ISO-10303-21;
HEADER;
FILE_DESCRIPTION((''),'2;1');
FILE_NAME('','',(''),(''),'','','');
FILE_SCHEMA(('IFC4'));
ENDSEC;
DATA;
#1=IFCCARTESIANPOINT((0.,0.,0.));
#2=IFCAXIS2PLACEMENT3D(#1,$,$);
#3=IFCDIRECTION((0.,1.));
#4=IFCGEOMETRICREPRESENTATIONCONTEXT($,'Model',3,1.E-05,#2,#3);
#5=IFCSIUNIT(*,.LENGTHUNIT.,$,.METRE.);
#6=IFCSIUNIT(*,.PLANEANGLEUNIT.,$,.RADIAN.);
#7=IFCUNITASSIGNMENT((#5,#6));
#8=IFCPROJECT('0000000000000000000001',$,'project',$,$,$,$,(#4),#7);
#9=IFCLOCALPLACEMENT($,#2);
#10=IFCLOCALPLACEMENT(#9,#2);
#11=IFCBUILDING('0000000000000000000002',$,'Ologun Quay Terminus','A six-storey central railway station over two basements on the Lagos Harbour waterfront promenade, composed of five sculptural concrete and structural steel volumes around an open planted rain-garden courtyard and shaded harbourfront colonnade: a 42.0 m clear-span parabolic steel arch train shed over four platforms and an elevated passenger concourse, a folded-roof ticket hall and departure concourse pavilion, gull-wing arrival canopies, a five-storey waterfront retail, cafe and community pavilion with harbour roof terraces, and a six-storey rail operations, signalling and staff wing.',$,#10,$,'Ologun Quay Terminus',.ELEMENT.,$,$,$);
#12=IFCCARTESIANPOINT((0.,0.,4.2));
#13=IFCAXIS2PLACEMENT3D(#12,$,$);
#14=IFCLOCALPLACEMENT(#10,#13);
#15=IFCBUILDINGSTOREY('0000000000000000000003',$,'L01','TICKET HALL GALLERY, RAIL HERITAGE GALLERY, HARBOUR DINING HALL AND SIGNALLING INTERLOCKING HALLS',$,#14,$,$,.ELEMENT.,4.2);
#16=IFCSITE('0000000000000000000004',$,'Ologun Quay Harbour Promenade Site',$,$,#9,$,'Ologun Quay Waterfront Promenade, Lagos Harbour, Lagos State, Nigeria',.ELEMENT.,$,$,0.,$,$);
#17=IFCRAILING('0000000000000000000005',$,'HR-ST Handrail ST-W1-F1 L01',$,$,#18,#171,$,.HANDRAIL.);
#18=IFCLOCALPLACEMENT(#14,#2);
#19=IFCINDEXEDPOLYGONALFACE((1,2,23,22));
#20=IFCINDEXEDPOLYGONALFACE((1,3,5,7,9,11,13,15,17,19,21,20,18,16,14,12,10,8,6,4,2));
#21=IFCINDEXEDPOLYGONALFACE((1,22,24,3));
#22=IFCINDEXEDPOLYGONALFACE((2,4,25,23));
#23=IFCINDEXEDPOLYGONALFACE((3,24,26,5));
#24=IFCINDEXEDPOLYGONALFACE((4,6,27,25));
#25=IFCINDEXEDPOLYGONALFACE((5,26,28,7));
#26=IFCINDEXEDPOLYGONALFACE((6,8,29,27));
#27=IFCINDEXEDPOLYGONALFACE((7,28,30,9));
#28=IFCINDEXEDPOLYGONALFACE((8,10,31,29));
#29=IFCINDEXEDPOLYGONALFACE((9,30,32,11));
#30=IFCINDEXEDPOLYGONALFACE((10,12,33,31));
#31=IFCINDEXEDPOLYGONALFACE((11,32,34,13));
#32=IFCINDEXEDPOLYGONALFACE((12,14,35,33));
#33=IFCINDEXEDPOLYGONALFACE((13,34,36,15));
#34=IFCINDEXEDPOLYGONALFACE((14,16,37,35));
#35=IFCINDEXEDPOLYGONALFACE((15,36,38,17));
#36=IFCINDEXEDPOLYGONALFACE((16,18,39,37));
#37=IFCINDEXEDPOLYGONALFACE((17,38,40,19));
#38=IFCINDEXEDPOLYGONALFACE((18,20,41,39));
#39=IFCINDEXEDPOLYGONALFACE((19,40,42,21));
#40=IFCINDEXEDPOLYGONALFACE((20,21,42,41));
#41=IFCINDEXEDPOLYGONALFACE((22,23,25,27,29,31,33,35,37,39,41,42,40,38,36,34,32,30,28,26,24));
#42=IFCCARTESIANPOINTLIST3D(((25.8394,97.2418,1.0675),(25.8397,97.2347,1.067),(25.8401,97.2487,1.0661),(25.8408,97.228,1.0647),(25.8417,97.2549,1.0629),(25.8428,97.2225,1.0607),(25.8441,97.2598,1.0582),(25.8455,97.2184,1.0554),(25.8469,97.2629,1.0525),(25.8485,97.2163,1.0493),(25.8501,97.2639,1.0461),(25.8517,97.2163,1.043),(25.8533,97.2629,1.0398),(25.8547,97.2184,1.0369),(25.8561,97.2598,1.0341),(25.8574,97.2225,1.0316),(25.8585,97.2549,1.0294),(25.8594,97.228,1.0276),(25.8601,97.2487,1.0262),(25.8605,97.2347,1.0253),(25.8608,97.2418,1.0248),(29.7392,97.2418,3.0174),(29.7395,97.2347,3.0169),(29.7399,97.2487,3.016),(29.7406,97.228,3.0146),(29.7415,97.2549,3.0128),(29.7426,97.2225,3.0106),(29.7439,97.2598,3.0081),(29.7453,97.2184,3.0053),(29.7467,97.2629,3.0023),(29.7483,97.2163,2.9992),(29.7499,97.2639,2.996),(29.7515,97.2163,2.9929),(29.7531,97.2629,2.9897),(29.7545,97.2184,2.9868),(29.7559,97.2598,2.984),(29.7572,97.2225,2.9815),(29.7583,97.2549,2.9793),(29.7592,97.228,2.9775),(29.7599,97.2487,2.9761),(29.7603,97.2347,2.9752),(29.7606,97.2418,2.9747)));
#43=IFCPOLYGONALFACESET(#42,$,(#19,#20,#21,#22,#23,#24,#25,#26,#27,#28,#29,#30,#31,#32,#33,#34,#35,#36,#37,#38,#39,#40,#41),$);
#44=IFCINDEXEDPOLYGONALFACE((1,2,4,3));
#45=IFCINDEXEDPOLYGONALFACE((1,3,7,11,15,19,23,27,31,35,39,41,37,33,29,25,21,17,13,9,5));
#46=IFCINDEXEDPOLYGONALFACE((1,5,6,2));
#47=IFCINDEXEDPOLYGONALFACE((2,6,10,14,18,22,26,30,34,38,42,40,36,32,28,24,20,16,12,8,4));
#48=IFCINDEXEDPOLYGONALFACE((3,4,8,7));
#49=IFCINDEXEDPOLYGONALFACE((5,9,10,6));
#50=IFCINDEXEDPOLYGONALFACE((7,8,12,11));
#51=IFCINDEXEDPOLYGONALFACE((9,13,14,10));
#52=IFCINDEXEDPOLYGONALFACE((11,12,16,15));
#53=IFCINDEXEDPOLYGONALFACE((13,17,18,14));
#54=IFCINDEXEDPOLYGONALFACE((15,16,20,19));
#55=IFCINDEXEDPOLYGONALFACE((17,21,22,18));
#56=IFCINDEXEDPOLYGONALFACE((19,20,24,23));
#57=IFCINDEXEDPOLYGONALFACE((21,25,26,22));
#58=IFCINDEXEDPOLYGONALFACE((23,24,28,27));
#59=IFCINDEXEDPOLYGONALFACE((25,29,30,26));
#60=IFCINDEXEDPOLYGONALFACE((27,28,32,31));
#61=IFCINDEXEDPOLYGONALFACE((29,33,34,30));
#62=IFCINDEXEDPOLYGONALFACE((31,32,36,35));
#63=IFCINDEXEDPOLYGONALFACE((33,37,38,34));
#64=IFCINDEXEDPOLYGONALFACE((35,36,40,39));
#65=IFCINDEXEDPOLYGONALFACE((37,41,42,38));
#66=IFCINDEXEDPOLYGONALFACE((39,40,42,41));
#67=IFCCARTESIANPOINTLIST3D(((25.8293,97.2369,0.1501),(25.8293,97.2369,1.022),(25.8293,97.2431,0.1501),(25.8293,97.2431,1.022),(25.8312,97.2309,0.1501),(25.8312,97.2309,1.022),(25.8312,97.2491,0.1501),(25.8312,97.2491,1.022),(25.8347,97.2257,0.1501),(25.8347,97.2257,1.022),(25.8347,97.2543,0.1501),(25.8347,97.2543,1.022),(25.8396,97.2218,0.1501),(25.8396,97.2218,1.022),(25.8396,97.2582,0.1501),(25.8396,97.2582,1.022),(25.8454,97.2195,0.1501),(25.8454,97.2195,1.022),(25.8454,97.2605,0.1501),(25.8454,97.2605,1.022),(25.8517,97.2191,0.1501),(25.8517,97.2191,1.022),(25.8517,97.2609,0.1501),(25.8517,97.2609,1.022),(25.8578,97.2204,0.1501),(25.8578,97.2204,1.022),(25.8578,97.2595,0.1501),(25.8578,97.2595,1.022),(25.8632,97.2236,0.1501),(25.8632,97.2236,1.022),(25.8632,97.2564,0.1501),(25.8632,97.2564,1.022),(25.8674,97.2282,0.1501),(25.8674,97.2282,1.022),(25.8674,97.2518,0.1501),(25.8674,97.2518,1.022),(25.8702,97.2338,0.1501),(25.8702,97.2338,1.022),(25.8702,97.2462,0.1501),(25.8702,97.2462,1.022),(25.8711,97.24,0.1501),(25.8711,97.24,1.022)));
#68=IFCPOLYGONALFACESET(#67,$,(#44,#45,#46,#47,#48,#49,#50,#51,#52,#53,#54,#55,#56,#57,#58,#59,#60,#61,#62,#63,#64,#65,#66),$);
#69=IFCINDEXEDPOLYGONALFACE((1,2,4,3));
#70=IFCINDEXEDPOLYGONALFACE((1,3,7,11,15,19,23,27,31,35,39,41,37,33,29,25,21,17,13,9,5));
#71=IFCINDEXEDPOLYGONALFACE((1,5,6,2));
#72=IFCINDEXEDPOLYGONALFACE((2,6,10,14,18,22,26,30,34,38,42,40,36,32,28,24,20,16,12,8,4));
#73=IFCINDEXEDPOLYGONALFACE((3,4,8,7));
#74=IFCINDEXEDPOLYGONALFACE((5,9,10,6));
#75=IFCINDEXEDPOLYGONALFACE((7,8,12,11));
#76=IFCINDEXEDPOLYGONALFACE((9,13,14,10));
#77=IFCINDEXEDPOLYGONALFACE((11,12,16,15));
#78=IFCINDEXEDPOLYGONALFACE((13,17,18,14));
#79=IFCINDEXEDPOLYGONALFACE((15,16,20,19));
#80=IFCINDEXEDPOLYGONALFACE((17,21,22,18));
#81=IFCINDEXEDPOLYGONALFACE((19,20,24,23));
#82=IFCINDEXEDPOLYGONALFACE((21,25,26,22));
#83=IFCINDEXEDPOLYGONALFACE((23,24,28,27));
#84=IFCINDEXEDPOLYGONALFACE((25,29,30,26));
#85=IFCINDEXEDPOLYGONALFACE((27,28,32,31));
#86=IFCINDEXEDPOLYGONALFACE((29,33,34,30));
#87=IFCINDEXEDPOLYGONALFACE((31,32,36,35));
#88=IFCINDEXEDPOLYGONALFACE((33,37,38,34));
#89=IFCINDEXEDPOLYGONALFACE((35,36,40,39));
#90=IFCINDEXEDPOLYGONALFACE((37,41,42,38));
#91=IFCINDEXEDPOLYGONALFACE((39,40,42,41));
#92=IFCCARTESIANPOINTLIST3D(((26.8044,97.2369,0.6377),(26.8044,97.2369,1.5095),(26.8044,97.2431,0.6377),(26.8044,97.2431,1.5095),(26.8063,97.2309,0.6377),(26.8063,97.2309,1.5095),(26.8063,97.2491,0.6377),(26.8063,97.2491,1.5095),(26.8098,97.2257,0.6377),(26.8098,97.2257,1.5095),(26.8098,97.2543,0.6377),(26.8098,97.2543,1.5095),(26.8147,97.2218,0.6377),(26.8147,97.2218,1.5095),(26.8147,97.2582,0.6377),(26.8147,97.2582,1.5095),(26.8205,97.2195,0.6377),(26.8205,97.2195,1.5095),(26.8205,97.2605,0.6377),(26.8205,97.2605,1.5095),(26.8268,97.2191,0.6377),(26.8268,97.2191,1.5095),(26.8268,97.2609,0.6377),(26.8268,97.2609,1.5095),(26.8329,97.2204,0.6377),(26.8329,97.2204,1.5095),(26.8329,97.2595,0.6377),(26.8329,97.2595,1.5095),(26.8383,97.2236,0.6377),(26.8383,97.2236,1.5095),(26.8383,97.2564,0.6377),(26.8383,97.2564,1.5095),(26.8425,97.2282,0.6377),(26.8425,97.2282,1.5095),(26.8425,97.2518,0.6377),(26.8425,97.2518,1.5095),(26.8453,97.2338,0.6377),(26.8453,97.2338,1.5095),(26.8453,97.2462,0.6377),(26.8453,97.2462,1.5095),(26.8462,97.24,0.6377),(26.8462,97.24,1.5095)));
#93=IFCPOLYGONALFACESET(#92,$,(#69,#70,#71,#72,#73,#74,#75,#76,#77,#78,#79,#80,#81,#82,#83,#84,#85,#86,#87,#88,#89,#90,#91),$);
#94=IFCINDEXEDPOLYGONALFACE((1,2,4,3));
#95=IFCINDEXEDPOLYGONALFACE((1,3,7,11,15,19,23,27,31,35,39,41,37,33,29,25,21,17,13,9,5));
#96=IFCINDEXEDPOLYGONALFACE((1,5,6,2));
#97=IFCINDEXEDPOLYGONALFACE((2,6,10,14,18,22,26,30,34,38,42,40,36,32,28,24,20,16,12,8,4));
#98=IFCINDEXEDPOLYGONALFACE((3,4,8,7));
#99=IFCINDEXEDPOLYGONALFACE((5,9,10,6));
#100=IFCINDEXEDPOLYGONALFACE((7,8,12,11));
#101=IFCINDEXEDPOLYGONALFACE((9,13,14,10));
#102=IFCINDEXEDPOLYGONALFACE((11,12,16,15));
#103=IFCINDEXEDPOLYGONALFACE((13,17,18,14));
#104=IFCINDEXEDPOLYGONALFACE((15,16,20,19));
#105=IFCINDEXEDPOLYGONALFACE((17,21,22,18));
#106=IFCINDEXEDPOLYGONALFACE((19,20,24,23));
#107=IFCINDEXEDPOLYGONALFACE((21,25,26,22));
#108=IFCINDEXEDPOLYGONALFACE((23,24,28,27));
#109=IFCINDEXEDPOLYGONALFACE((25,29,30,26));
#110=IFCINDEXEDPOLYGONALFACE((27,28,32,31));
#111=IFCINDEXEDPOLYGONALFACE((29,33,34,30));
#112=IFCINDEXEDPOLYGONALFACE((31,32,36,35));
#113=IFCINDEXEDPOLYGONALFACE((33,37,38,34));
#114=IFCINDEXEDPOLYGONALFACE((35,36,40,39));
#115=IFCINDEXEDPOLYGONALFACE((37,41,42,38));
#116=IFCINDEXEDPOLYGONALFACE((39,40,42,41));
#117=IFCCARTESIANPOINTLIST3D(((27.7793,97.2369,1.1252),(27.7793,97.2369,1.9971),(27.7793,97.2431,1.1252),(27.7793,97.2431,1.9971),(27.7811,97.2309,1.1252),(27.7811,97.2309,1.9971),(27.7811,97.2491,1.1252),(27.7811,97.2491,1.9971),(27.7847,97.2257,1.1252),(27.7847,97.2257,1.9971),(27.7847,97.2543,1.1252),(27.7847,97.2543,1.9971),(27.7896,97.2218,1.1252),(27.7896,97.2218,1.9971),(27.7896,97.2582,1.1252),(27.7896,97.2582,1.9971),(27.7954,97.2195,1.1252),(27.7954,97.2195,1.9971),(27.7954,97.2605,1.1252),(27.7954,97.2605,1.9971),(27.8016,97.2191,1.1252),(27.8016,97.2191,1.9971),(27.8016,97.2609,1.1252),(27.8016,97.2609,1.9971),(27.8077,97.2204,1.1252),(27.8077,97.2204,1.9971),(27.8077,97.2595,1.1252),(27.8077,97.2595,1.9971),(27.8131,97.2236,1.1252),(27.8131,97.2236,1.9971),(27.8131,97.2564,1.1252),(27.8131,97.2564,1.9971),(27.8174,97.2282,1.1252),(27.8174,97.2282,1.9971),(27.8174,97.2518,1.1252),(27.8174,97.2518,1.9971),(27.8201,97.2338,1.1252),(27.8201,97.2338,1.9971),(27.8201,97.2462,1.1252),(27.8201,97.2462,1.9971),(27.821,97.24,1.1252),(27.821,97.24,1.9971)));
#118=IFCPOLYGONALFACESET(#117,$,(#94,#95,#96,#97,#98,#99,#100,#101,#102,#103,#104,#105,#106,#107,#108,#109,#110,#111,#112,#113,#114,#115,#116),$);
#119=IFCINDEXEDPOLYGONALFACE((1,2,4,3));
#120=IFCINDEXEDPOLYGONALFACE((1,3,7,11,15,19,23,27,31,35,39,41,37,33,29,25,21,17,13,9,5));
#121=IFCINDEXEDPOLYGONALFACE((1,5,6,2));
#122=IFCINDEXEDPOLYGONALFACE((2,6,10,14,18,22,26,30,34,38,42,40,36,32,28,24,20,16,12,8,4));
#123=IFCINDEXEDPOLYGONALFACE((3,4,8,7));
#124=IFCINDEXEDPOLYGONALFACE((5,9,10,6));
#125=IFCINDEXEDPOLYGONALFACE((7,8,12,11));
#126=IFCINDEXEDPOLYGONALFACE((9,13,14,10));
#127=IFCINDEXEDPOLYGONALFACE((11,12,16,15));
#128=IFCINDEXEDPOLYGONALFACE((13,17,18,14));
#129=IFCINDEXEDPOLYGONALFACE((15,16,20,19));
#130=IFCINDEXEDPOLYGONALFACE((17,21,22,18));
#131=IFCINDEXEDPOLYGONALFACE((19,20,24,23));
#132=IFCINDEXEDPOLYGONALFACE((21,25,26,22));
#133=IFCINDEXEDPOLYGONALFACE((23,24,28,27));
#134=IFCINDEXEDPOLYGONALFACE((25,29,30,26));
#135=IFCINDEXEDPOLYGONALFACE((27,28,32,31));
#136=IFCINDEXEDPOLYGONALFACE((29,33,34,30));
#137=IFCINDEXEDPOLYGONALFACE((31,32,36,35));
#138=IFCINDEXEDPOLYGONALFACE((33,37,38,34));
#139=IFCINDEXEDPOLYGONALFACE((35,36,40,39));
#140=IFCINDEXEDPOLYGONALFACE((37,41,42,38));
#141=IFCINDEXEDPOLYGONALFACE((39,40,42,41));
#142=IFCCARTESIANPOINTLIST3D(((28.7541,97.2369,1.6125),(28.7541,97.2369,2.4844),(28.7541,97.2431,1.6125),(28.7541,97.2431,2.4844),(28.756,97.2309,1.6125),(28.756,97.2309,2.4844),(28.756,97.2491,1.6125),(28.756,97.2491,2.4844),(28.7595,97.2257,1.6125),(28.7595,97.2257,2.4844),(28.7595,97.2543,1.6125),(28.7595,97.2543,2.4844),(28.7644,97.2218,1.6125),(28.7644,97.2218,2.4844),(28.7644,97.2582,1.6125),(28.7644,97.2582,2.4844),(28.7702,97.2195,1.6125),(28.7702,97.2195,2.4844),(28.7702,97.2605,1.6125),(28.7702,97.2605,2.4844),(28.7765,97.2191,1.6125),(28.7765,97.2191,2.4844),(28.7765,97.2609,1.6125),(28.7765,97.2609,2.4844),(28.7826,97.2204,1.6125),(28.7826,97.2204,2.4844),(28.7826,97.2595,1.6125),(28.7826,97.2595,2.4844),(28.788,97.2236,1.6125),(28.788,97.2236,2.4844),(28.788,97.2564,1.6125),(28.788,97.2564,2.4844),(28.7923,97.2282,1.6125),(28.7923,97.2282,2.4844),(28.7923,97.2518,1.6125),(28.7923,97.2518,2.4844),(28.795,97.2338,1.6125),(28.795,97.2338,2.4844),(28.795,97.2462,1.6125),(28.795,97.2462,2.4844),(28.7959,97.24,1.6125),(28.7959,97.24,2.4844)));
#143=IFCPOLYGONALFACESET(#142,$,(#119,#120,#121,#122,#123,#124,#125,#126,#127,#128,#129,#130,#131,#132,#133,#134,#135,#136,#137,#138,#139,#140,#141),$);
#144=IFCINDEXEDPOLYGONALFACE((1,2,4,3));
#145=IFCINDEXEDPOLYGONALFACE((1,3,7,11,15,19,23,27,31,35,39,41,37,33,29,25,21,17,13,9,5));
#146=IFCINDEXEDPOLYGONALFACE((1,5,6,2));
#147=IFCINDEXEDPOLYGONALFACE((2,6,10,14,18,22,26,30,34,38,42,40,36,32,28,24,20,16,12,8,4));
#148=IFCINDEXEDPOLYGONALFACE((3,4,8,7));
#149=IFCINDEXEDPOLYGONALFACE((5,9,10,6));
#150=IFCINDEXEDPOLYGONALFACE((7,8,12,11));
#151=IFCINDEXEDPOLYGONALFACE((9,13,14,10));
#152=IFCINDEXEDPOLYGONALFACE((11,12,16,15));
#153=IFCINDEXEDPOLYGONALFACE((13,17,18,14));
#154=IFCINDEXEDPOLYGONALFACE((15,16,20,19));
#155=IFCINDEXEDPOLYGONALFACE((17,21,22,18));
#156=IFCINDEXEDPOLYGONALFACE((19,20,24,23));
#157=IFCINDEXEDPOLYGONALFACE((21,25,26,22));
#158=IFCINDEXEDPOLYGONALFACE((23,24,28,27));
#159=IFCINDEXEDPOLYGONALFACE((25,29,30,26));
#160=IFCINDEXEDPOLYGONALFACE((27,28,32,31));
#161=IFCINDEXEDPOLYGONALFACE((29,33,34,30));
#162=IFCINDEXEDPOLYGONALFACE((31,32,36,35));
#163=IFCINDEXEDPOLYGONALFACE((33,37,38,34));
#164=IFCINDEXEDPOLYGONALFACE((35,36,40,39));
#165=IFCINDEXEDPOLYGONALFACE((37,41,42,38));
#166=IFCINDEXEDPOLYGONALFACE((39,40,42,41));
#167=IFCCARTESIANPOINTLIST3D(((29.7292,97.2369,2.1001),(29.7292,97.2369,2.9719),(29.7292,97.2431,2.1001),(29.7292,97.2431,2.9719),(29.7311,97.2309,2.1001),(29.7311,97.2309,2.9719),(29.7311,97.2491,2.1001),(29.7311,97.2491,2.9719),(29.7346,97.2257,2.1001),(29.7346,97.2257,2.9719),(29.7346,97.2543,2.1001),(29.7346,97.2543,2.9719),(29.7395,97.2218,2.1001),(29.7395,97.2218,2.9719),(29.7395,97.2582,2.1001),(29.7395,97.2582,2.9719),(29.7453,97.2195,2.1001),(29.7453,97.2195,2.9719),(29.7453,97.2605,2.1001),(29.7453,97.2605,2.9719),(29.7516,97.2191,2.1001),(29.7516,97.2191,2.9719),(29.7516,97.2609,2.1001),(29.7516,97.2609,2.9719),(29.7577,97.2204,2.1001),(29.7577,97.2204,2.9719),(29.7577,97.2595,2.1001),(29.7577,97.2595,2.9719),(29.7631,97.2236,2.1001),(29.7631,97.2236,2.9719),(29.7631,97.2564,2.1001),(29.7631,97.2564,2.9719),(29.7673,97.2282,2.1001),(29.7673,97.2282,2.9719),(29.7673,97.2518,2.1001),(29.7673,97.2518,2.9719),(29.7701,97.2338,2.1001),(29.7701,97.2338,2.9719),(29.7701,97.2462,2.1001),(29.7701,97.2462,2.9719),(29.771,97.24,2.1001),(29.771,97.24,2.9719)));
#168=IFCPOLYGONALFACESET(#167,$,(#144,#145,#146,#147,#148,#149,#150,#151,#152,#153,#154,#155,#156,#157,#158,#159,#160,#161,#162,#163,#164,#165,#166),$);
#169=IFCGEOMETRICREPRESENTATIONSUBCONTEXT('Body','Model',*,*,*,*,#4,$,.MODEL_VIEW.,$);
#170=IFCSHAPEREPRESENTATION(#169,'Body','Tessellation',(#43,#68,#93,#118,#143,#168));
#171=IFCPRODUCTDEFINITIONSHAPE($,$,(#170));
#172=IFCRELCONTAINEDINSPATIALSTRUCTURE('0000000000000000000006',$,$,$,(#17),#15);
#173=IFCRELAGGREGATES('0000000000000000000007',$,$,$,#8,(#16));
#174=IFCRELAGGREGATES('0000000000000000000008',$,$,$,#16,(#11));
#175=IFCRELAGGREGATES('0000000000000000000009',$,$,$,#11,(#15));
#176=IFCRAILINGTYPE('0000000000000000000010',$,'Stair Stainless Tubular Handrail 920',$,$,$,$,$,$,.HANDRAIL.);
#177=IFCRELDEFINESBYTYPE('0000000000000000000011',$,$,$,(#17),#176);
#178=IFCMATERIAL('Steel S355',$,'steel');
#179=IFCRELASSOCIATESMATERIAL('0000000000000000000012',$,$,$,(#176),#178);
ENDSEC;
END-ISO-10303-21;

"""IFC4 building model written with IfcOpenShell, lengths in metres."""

from ifc_helpers import new_model, si_unit, direction, frame, origin, origin_2d, place, context, subcontext, project, spatial, circle, extrude, material, type_object, element, save


model = new_model("IFC4")

# Units and contexts
model_context = context("Model", 3, precision=1e-05, world=origin(), true_north=direction((0.0, 1.0)))
body_context = subcontext(model_context, "Body", "Model", "MODEL_VIEW")
ifc_project = project(units=[si_unit("LENGTHUNIT", "METRE"), si_unit("PLANEANGLEUNIT", "RADIAN")], contexts=[model_context])

# Site, building, storey
site_placement = place(None, origin())
site = spatial("IfcSite", under=ifc_project, at=site_placement, Name="Ologun Quay Harbour Promenade Site", LongName="Ologun Quay Waterfront Promenade, Lagos Harbour, Lagos State, Nigeria", CompositionType="ELEMENT", RefElevation=0.0)
building_placement = place(site_placement, origin())
building = spatial("IfcBuilding", under=site, at=building_placement, Name="Ologun Quay Terminus", Description="A six-storey central railway station over two basements on the Lagos Harbour waterfront promenade, composed of five sculptural concrete and structural steel volumes around an open planted rain-garden courtyard and shaded harbourfront colonnade: a 42.0 m clear-span parabolic steel arch train shed over four platforms and an elevated passenger concourse, a folded-roof ticket hall and departure concourse pavilion, gull-wing arrival canopies, a five-storey waterfront retail, cafe and community pavilion with harbour roof terraces, and a six-storey rail operations, signalling and staff wing.", LongName="Ologun Quay Terminus", CompositionType="ELEMENT")
storey_placement = place(building_placement, frame((0.0, 0.0, 4.2)))
storey = spatial("IfcBuildingStorey", under=building, at=storey_placement, Name="L01", Description="TICKET HALL GALLERY, RAIL HERITAGE GALLERY, HARBOUR DINING HALL AND SIGNALLING INTERLOCKING HALLS", CompositionType="ELEMENT", Elevation=4.2)

# Railing
ifc_material_1 = material(Name="Steel S355", Category="steel")
railing_type_1 = type_object("IfcRailingType", Name="Stair Stainless Tubular Handrail 920", PredefinedType="HANDRAIL", material=ifc_material_1)
railing_1_placement = place(storey_placement, frame((25.8501, 97.24, 0.1501)))
element("IfcRailing", 1, at=railing_1_placement, inside=storey, type_object=railing_type_1, Name="HR-ST Handrail ST-W1-F1 L01", PredefinedType="HANDRAIL", context=body_context, shape_type="SweptSolid", body=[
    extrude(circle(Radius=0.0239, at=origin_2d()), frame((0.0, 0.0, 0.896), z_axis=(0.894427, 0.0, 0.447214), x_axis=(0.0, 1.0, 0.0)), (0.0, 0.0, 1.0), 4.3601),
    extrude(circle(Radius=0.021, at=origin_2d()), origin(), (0.0, 0.0, 1.0), 0.8718),
    extrude(circle(Radius=0.021, at=origin_2d()), frame((0.9751, 0.0, 0.4875)), (0.0, 0.0, 1.0), 0.8718),
    extrude(circle(Radius=0.021, at=origin_2d()), frame((1.95, 0.0, 0.9751)), (0.0, 0.0, 1.0), 0.8718),
    extrude(circle(Radius=0.021, at=origin_2d()), frame((2.9248, 0.0, 1.4624)), (0.0, 0.0, 1.0), 0.8718),
    extrude(circle(Radius=0.021, at=origin_2d()), frame((3.8999, 0.0, 1.95)), (0.0, 0.0, 1.0), 0.8718),
])

save(model, "model.ifc")
